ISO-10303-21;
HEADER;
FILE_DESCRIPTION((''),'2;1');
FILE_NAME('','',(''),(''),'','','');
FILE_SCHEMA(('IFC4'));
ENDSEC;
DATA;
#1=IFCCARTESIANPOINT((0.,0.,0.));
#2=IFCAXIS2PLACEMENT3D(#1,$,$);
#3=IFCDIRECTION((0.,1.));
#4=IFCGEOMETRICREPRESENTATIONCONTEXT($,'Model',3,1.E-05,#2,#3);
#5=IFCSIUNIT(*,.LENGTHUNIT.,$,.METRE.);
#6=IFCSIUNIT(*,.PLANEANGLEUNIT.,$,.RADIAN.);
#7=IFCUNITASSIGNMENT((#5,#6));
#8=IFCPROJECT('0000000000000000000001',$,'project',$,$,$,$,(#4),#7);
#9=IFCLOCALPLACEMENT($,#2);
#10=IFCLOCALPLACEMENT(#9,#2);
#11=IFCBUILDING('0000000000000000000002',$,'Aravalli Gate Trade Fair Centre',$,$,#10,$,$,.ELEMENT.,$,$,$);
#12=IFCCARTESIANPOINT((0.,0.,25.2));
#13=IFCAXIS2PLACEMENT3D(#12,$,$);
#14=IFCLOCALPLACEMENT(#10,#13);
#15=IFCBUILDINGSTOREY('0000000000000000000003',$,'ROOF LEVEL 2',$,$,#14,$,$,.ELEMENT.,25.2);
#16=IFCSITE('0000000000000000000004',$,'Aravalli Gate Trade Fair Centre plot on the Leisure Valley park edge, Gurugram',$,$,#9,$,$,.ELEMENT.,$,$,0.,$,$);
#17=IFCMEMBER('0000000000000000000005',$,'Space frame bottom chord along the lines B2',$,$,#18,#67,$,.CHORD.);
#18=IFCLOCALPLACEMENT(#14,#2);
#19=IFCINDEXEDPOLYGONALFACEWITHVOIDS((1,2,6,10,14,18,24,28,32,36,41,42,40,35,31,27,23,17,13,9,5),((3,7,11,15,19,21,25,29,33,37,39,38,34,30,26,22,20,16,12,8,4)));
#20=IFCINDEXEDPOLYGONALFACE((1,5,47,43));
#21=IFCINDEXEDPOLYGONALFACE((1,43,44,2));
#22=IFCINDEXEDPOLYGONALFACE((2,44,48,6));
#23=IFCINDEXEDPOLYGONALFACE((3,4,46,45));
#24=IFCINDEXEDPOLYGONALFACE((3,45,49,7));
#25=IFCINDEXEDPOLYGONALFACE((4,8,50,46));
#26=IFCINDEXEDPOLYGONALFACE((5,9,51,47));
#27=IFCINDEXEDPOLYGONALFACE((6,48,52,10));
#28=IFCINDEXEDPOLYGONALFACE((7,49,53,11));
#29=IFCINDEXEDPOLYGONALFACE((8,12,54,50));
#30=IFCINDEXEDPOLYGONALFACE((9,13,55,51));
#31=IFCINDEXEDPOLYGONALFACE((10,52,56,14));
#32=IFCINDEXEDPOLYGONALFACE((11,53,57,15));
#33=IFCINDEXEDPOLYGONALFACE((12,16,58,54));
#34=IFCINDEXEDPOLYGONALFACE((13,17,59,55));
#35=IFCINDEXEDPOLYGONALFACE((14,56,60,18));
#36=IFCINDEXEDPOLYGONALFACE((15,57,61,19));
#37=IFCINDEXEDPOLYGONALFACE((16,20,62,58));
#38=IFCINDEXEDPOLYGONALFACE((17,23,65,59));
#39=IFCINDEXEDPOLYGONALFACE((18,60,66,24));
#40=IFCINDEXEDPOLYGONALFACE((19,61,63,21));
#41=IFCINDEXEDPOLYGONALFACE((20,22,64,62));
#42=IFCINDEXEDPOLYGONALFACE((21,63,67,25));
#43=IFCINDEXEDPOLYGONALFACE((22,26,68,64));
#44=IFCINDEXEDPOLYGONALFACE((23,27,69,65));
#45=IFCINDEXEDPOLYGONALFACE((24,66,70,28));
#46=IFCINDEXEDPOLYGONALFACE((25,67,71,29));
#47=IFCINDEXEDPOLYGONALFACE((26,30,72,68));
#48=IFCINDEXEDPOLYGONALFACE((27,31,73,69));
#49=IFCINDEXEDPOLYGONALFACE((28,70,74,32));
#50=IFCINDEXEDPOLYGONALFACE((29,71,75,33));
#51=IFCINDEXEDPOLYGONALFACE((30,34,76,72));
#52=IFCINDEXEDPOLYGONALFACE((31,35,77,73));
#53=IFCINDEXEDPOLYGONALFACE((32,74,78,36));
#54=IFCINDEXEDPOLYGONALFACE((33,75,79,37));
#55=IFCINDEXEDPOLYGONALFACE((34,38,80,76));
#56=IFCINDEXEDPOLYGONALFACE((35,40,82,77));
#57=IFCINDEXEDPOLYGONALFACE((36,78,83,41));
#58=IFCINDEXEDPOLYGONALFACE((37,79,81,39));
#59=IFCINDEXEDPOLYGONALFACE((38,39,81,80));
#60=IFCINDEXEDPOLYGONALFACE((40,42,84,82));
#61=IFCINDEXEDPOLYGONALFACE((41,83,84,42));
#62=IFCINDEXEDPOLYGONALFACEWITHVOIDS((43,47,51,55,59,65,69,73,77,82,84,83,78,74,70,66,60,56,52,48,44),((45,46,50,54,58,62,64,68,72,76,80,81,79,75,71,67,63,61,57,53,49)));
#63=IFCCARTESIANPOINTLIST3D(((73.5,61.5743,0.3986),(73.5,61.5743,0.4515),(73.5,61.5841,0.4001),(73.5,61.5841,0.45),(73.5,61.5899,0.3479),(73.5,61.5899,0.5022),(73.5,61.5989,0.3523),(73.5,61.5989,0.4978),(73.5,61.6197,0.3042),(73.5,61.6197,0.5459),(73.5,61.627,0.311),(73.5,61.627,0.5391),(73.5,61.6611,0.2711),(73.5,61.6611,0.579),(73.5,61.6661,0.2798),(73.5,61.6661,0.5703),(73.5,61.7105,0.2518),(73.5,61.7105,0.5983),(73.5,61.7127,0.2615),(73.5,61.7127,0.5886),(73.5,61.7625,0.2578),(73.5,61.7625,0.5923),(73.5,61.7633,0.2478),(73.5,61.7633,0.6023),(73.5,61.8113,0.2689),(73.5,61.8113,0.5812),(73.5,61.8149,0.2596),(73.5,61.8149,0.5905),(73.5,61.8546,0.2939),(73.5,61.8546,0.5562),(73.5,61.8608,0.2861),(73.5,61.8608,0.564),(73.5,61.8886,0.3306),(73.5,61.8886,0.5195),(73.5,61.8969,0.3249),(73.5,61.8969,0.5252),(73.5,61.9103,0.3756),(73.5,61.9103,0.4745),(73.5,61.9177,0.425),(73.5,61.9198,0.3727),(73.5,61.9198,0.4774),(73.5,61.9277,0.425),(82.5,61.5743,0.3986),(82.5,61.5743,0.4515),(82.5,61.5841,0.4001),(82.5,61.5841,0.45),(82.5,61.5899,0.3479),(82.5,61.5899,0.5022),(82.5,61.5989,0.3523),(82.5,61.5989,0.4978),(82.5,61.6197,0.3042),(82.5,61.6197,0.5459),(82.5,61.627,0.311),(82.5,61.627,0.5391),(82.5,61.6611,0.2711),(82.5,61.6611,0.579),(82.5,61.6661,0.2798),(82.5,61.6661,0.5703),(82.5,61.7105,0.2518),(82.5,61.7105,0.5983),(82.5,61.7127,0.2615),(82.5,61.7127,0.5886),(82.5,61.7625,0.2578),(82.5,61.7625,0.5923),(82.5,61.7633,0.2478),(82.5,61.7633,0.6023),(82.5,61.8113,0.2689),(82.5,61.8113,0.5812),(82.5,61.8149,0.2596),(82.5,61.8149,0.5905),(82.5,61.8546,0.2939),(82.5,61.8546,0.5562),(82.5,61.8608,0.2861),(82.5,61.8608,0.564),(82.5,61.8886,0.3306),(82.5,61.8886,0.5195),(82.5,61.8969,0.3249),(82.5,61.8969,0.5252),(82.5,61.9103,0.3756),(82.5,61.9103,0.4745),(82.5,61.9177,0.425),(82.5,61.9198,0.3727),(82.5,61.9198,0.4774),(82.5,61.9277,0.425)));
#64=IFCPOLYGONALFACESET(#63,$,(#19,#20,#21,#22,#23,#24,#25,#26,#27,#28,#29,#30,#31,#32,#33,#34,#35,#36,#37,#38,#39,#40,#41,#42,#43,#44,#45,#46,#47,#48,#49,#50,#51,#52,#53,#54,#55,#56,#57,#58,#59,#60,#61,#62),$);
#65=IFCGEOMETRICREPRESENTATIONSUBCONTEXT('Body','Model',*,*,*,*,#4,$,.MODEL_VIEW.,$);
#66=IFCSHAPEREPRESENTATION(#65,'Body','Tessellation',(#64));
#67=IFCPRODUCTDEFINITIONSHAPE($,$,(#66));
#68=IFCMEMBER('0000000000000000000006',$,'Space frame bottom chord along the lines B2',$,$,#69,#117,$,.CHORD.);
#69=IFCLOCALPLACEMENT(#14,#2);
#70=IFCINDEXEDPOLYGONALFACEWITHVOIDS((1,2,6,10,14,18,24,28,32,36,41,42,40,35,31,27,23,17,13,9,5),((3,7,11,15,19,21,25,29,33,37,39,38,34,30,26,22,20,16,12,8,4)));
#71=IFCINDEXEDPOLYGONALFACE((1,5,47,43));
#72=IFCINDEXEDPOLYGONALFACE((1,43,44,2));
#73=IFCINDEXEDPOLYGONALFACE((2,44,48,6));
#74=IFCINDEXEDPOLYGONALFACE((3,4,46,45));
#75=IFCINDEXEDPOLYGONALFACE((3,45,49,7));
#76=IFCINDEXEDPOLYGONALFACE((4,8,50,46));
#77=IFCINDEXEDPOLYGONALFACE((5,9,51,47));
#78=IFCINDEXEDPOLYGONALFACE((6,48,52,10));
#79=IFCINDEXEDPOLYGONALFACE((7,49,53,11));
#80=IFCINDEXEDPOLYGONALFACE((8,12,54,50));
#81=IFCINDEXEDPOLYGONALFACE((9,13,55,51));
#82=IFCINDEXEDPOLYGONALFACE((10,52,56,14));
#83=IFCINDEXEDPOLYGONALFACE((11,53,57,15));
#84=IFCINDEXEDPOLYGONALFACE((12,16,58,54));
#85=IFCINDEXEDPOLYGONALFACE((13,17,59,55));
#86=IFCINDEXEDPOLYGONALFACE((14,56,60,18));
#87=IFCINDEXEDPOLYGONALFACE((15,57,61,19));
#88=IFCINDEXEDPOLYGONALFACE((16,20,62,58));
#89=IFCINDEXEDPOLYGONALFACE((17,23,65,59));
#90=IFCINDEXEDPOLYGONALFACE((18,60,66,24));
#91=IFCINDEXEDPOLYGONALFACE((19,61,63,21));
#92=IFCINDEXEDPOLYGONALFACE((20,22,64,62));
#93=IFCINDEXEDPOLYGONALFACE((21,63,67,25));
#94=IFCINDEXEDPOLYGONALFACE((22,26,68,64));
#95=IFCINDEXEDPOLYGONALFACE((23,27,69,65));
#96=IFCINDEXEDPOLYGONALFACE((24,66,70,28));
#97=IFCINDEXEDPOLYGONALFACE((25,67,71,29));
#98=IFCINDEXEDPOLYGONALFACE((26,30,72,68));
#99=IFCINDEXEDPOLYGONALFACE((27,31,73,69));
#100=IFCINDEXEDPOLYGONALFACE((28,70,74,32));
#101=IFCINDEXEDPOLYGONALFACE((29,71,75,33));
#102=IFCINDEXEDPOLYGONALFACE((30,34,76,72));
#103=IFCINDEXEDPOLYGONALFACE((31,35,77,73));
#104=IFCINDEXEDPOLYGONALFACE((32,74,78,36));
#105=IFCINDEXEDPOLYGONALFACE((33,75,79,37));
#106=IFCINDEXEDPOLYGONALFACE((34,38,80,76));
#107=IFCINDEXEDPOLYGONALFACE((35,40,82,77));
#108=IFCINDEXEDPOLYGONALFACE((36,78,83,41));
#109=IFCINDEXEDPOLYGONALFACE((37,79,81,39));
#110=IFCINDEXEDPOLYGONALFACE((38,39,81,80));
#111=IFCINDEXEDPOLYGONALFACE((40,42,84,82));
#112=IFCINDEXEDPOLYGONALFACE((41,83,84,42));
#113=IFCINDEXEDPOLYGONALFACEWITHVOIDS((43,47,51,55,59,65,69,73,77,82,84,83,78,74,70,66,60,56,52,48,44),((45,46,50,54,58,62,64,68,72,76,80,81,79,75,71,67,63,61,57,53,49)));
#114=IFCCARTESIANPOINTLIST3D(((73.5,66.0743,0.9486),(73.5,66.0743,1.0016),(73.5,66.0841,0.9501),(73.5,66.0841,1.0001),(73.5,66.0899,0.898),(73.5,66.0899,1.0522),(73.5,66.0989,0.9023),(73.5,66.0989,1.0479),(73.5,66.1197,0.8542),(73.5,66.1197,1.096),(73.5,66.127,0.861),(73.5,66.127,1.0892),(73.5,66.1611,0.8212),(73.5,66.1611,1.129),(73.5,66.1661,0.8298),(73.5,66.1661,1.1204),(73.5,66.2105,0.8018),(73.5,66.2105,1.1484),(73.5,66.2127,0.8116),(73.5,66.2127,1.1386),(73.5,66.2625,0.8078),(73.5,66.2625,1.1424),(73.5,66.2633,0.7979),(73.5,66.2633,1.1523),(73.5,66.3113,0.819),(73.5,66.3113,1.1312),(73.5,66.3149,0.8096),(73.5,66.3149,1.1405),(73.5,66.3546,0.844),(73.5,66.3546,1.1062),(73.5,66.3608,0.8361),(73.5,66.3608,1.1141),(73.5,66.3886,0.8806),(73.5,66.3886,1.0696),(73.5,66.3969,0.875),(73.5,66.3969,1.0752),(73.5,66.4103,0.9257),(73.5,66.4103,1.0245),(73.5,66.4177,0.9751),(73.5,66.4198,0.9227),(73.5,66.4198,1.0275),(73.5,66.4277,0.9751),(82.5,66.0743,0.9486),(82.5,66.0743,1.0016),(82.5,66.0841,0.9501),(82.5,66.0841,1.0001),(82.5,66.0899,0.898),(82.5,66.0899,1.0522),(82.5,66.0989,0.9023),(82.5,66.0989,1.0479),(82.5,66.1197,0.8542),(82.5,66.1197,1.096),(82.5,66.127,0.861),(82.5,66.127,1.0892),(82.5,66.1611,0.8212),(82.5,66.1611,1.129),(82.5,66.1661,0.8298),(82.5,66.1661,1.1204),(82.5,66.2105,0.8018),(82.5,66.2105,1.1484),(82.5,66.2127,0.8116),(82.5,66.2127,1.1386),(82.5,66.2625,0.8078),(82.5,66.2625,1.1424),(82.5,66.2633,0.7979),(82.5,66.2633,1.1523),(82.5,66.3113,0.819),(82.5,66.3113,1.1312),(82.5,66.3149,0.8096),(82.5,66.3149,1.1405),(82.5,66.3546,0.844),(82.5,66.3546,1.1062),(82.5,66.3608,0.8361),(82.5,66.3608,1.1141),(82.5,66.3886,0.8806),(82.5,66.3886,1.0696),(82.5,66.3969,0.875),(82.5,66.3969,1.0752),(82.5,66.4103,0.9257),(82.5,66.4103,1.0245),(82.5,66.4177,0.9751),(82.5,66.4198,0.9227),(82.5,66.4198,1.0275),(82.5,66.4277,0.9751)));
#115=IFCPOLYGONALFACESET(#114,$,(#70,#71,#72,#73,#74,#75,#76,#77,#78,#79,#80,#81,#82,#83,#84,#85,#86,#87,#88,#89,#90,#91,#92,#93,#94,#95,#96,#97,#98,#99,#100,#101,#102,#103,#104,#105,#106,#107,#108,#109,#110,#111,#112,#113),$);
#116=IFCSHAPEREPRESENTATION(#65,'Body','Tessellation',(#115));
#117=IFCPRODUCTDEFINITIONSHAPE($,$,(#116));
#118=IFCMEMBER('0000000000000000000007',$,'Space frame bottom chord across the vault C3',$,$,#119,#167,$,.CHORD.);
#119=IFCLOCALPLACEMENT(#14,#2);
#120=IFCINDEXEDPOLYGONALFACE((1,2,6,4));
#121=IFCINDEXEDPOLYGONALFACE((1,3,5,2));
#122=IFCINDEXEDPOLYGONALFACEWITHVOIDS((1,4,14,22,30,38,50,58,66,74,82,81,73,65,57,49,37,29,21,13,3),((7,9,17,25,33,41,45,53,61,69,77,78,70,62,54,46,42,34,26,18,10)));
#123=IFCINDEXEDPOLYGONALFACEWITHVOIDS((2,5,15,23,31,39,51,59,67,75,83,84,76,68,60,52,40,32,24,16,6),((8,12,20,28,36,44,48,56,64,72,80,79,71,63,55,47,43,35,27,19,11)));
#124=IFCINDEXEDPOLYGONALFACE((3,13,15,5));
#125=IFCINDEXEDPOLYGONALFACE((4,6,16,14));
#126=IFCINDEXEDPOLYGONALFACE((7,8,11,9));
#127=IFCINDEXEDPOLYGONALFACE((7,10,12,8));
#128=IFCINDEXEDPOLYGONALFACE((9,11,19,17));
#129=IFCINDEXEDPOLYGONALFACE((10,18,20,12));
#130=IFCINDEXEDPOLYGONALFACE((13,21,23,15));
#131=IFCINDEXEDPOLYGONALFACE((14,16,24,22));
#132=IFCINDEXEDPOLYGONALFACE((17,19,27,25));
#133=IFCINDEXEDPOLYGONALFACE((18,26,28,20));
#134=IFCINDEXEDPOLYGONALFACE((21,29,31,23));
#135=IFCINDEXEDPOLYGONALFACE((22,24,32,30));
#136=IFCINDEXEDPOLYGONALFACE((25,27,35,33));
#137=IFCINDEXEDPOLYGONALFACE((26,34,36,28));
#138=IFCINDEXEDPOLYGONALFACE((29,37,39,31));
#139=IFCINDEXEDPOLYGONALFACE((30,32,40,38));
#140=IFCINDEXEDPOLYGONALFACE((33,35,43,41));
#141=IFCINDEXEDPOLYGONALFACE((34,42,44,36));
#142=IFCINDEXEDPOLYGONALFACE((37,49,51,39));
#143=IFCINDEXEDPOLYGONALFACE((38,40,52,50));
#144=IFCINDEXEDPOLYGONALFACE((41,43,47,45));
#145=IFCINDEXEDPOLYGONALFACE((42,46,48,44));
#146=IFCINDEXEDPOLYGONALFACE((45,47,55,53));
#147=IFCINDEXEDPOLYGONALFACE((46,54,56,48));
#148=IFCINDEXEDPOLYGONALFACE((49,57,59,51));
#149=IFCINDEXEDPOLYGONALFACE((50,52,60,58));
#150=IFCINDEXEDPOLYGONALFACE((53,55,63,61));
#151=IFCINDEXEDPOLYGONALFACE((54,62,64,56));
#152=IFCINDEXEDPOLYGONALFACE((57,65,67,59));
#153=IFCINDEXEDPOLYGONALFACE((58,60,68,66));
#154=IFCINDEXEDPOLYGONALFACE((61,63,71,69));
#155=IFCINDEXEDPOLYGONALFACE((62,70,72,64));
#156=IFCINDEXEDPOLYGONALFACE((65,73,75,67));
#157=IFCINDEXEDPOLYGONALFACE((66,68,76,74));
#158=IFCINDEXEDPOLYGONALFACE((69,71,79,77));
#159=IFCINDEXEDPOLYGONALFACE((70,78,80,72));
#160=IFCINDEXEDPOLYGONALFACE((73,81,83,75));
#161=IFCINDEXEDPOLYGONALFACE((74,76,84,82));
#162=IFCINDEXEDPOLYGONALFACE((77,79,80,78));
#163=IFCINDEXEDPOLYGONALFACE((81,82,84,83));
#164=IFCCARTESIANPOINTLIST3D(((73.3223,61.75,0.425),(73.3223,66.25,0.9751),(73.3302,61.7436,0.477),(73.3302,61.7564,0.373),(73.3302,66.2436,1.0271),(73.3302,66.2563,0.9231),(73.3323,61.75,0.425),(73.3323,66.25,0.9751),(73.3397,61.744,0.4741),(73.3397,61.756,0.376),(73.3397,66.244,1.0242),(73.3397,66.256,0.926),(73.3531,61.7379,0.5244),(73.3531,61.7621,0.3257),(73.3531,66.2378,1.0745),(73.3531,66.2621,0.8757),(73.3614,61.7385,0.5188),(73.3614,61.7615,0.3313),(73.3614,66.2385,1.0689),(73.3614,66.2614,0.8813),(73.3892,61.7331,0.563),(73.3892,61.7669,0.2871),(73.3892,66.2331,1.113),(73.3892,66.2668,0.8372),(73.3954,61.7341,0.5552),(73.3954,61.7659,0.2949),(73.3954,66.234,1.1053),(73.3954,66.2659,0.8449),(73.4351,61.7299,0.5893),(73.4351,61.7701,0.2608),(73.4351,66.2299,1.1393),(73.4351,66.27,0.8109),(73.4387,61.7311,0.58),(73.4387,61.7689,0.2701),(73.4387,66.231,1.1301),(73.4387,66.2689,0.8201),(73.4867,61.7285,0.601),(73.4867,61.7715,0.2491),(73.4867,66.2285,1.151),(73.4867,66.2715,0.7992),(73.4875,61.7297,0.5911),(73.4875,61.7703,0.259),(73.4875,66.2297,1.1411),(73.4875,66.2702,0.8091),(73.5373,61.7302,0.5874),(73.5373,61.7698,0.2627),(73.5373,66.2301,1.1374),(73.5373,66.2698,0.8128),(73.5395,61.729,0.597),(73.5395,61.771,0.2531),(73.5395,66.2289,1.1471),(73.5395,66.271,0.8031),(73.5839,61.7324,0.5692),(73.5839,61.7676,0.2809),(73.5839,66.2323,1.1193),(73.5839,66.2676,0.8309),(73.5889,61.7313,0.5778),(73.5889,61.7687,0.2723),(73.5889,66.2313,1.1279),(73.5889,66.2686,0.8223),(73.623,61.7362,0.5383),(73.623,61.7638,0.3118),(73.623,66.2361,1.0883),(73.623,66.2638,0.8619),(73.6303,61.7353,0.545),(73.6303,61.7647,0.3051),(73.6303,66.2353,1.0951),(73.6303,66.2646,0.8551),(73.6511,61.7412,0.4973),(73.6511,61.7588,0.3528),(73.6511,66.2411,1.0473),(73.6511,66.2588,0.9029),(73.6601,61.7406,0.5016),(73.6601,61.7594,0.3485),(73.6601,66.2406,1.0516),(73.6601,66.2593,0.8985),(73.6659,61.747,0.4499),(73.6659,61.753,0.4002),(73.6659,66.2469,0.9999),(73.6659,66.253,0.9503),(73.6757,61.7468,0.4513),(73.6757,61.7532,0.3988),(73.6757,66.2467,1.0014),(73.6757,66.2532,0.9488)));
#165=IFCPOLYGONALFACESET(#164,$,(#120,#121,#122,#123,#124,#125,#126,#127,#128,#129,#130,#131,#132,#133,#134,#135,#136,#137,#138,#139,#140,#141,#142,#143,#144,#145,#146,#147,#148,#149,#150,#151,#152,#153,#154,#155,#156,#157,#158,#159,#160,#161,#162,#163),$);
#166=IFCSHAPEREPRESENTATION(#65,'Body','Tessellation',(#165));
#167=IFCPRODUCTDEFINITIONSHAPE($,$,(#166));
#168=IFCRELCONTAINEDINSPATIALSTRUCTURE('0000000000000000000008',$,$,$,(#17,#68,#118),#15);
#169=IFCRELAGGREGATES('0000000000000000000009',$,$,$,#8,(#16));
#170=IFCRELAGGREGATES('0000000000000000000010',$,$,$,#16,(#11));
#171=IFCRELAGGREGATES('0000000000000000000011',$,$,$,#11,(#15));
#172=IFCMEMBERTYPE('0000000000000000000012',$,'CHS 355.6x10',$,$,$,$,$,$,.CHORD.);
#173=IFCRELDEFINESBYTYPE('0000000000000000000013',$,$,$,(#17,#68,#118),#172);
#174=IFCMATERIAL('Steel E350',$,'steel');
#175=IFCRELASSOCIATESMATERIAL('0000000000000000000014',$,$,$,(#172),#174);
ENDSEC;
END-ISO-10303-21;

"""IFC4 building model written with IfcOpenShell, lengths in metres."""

from ifc_helpers import new_model, si_unit, direction, frame, origin, origin_2d, place, context, subcontext, project, spatial, hollow_circle, extrude, material, material_profile, profile_set, type_object, element, save


model = new_model("IFC4")

# Units and contexts
model_context = context("Model", 3, precision=1e-05, world=origin(), true_north=direction((0.0, 1.0)))
body_context = subcontext(model_context, "Body", "Model", "MODEL_VIEW")
ifc_project = project(units=[si_unit("LENGTHUNIT", "METRE"), si_unit("PLANEANGLEUNIT", "RADIAN")], contexts=[model_context])

# Site, building, storey
site_placement = place(None, origin())
site = spatial("IfcSite", under=ifc_project, at=site_placement, Name="Aravalli Gate Trade Fair Centre plot on the Leisure Valley park edge, Gurugram", CompositionType="ELEMENT", RefElevation=0.0)
building_placement = place(site_placement, origin())
building = spatial("IfcBuilding", under=site, at=building_placement, Name="Aravalli Gate Trade Fair Centre", CompositionType="ELEMENT")
storey_placement = place(building_placement, frame((0.0, 0.0, 25.2)))
storey = spatial("IfcBuildingStorey", under=building, at=storey_placement, Name="ROOF LEVEL 2", CompositionType="ELEMENT", Elevation=25.2)

# Members
ifc_material_1 = material(Name="Steel E350", Category="steel")
ifc_material_profile_1 = material_profile(ifc_material_1, hollow_circle(Radius=0.1777, WallThickness=0.01, at=origin_2d()), Name="CHS 355.6x10")
ifc_profile_set_1 = profile_set([ifc_material_profile_1], Name="Steel E350")
member_type_1 = type_object("IfcMemberType", Name="CHS 355.6x10", PredefinedType="CHORD", material=ifc_profile_set_1)
for number, where, z_axis, x_axis, name in (
    (1, (73.5, 61.75, 0.425), (1.0, 0.0, 0.0), (0.0, 1.0, 0.0), "Space frame bottom chord along the lines B2"),
    (2, (73.5, 66.25, 0.9751), (1.0, 0.0, 0.0), (0.0, 1.0, 0.0), "Space frame bottom chord along the lines B2"),
):
    element("IfcMember", number, at=place(storey_placement, frame(where, z_axis=z_axis, x_axis=x_axis)), inside=storey, type_object=member_type_1, Name=name, PredefinedType="CHORD", context=body_context, shape_type="SweptSolid", body=[
        extrude(hollow_circle(Radius=0.1777, WallThickness=0.01, at=origin_2d()), origin(), (0.0, 0.0, 1.0), 9.0),
    ])
member_1_placement = place(storey_placement, frame((73.5, 61.75, 0.425), z_axis=(0.0, 0.992612, 0.12133), x_axis=(-1.0, 0.0, 0.0)))
element("IfcMember", 3, at=member_1_placement, inside=storey, type_object=member_type_1, Name="Space frame bottom chord across the vault C3", PredefinedType="CHORD", context=body_context, shape_type="SweptSolid", body=[
    extrude(hollow_circle(Radius=0.1777, WallThickness=0.01, at=origin_2d()), origin(), (0.0, 0.0, 1.0), 4.5334),
])

save(model, "model.ifc")
